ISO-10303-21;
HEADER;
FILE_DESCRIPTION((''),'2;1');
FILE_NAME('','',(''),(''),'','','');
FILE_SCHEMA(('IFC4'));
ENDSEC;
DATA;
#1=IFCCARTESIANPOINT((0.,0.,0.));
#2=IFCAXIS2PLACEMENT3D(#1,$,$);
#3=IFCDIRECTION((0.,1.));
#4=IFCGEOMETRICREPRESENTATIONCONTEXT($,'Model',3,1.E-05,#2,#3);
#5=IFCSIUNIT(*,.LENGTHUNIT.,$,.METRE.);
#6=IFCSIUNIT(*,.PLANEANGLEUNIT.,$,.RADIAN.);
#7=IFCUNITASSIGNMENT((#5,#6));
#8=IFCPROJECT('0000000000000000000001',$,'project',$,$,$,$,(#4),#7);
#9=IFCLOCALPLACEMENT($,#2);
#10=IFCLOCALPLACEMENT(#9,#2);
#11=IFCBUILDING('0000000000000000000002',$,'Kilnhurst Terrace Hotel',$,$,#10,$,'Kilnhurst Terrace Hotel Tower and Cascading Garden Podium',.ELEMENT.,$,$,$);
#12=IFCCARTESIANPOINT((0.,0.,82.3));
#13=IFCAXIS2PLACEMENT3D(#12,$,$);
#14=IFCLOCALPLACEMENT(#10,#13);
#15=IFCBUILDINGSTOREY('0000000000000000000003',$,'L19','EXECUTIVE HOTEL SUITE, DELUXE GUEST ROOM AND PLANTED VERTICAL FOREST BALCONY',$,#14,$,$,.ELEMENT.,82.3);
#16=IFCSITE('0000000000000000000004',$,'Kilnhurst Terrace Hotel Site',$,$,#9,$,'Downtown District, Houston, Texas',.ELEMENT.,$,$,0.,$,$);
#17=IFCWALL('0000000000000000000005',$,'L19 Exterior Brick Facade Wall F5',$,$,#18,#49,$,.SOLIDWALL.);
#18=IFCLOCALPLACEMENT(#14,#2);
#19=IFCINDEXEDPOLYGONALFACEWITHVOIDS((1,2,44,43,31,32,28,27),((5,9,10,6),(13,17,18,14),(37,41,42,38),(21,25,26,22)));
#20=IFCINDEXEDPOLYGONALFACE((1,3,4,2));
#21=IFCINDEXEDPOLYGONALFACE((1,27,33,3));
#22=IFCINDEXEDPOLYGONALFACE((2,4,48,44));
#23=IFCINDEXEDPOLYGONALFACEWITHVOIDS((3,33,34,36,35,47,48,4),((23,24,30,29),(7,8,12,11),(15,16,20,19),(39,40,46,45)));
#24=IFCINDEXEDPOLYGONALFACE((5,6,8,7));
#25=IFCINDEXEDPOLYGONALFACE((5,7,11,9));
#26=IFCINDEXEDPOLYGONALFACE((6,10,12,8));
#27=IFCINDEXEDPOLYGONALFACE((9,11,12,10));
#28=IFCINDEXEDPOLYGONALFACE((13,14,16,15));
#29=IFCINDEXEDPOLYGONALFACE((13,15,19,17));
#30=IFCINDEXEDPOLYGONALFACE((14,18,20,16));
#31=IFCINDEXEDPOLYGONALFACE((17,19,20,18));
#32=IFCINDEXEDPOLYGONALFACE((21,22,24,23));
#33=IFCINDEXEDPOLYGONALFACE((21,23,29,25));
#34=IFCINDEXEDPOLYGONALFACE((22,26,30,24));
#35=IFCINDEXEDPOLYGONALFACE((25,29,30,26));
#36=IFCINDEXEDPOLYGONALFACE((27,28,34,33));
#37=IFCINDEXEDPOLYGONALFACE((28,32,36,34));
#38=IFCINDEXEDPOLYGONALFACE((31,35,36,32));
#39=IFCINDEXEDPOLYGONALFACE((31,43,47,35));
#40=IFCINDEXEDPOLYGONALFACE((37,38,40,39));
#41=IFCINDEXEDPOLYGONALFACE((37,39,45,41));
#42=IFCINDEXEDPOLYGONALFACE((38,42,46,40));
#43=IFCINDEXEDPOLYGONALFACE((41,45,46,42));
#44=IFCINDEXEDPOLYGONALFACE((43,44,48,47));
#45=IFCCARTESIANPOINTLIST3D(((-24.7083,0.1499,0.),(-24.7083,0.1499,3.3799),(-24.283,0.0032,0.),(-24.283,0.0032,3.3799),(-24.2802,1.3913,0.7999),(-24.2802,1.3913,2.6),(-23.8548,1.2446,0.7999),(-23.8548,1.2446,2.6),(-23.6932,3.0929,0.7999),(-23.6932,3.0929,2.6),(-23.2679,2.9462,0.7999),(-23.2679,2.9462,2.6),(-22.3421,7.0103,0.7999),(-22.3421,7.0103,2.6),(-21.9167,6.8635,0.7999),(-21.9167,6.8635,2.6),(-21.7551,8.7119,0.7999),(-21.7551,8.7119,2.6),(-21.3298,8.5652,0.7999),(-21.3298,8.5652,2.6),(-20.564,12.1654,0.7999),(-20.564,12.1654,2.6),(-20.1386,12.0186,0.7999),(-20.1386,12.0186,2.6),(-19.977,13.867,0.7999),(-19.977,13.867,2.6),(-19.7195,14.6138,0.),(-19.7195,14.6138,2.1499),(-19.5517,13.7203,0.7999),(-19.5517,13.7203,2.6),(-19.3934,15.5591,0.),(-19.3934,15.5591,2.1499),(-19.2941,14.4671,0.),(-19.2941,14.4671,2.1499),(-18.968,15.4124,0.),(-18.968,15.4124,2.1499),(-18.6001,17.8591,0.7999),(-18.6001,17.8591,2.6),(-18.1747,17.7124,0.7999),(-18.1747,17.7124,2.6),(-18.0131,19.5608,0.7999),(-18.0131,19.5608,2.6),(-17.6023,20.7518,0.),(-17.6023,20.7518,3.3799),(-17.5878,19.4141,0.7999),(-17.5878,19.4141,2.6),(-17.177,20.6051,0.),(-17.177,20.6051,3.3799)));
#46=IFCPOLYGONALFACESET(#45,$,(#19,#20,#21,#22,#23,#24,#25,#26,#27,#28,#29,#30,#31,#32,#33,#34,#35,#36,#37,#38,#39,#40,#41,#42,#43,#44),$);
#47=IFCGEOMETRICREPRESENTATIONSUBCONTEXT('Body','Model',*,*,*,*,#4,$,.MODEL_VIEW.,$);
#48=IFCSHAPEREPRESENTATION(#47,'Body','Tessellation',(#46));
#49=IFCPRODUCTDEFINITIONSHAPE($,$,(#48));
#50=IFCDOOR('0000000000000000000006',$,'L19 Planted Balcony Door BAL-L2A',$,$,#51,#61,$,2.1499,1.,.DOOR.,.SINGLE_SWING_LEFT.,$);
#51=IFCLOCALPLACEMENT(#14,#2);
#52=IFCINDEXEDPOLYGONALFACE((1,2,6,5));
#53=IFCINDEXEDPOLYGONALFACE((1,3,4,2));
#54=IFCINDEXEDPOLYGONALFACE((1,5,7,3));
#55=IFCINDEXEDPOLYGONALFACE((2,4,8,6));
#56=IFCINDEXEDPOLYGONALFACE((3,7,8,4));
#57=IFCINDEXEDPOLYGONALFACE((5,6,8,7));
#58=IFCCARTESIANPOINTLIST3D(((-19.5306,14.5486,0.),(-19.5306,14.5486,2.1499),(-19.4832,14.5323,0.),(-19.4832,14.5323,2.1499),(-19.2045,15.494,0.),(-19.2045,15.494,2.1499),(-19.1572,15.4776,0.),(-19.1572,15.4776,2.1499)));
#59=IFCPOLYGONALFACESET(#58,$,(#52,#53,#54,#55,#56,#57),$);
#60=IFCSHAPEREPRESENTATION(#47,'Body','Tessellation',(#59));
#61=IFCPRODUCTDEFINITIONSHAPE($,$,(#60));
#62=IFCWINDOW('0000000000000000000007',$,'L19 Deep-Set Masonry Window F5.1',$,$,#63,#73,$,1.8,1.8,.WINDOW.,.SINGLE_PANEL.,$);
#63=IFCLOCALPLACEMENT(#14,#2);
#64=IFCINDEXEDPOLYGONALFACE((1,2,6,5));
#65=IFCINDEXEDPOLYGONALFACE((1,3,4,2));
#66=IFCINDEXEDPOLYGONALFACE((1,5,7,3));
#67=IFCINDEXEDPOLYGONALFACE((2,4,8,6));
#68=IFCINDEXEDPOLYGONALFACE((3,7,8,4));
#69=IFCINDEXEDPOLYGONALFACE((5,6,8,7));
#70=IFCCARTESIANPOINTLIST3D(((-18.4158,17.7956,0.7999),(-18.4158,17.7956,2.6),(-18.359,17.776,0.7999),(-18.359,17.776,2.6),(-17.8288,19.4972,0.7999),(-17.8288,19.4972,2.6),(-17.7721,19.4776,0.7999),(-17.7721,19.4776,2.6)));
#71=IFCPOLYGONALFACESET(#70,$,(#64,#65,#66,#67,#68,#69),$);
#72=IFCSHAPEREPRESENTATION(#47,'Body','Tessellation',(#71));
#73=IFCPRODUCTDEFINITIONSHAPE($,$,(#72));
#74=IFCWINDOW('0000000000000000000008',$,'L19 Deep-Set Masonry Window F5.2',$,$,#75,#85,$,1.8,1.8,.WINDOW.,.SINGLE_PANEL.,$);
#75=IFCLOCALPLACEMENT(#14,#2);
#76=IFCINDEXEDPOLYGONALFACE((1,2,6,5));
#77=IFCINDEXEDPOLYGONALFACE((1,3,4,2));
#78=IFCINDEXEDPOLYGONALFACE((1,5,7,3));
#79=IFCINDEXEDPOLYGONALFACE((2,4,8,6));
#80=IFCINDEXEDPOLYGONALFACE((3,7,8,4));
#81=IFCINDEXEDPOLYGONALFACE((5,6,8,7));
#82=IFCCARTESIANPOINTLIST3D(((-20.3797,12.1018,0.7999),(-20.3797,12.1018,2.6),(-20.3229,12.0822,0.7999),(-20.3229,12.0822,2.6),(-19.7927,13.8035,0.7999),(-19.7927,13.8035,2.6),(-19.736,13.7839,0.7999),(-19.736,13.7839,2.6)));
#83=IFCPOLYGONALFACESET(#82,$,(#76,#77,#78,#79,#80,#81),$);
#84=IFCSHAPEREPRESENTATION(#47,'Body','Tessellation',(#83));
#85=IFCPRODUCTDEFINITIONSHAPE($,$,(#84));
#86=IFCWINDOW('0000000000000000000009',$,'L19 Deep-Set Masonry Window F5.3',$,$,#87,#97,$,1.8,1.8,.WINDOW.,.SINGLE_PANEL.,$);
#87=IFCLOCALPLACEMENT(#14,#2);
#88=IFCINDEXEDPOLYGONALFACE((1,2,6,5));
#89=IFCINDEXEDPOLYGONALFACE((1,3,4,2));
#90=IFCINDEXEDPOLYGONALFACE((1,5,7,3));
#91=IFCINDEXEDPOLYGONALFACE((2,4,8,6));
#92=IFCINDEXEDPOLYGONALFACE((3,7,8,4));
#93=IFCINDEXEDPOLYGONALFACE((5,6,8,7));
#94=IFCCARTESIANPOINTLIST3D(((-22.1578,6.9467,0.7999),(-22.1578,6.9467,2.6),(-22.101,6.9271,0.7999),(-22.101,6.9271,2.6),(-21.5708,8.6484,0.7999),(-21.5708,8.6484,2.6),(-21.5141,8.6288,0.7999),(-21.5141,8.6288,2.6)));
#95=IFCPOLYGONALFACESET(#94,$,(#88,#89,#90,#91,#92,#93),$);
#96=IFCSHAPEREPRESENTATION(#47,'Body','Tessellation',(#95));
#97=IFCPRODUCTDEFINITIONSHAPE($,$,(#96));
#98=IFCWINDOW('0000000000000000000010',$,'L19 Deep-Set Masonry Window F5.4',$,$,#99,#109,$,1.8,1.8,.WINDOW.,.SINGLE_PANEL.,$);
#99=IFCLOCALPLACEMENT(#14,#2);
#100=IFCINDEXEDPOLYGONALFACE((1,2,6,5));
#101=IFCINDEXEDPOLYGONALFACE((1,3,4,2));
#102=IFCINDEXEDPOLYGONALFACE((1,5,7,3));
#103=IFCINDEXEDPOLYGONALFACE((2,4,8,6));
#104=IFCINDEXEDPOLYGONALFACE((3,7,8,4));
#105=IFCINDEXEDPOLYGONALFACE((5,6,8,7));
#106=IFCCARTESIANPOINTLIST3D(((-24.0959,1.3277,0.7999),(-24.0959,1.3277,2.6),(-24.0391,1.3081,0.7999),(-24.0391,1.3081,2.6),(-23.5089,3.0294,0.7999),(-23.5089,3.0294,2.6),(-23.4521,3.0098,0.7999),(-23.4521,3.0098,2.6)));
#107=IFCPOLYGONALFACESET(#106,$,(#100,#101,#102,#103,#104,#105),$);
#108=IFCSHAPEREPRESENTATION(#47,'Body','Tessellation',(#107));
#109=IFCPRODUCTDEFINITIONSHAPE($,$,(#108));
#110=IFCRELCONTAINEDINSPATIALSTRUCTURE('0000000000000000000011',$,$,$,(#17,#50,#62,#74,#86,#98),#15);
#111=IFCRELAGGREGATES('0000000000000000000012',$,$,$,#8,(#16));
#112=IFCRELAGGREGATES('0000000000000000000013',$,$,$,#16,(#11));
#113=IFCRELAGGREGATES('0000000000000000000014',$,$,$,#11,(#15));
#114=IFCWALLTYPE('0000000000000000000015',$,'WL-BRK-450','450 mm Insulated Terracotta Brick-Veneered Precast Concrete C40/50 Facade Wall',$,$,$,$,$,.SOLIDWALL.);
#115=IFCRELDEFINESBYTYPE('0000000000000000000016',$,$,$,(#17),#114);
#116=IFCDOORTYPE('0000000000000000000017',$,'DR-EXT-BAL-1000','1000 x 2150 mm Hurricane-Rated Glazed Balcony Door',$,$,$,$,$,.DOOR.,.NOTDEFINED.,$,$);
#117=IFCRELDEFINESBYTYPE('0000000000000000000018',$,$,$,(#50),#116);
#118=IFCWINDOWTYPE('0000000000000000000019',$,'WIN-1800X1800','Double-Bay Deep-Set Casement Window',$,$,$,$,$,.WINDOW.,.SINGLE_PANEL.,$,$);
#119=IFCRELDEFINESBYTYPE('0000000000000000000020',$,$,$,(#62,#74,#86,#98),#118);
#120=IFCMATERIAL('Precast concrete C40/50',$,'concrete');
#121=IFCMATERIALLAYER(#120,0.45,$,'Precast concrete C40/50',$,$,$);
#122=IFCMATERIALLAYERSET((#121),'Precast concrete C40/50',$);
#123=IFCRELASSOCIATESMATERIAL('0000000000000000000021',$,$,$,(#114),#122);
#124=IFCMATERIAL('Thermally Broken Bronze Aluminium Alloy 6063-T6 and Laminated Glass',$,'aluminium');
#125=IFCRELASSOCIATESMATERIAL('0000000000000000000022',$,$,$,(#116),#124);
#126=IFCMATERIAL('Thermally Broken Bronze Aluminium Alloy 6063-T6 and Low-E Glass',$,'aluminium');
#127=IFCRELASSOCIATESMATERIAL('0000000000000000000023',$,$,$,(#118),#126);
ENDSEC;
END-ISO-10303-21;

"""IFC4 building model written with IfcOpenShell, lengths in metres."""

from ifc_helpers import new_model, si_unit, direction, frame, frame_2d, origin, place, context, subcontext, project, spatial, rectangle, extrude, material, layer, layer_set, type_object, element, fill, save


model = new_model("IFC4")

# Units and contexts
model_context = context("Model", 3, precision=1e-05, world=origin(), true_north=direction((0.0, 1.0)))
body_context = subcontext(model_context, "Body", "Model", "MODEL_VIEW")
ifc_project = project(units=[si_unit("LENGTHUNIT", "METRE"), si_unit("PLANEANGLEUNIT", "RADIAN")], contexts=[model_context])

# Site, building, storey
site_placement = place(None, origin())
site = spatial("IfcSite", under=ifc_project, at=site_placement, Name="Kilnhurst Terrace Hotel Site", LongName="Downtown District, Houston, Texas", CompositionType="ELEMENT", RefElevation=0.0)
building_placement = place(site_placement, origin())
building = spatial("IfcBuilding", under=site, at=building_placement, Name="Kilnhurst Terrace Hotel", LongName="Kilnhurst Terrace Hotel Tower and Cascading Garden Podium", CompositionType="ELEMENT")
storey_placement = place(building_placement, frame((0.0, 0.0, 82.3)))
storey = spatial("IfcBuildingStorey", under=building, at=storey_placement, Name="L19", Description="EXECUTIVE HOTEL SUITE, DELUXE GUEST ROOM AND PLANTED VERTICAL FOREST BALCONY", CompositionType="ELEMENT", Elevation=82.3)

# Shared definitions
ifc_material_1 = material(Name="Precast concrete C40/50", Category="concrete")
ifc_layer_1 = layer(ifc_material_1, 0.45, Name="Precast concrete C40/50")
ifc_layer_set_1 = layer_set([ifc_layer_1], Name="Precast concrete C40/50")
wall_type_1 = type_object("IfcWallType", Name="WL-BRK-450", Description="450 mm Insulated Terracotta Brick-Veneered Precast Concrete C40/50 Facade Wall", PredefinedType="SOLIDWALL", material=ifc_layer_set_1)

# Wall, openings, door, windows
wall_1_placement = place(storey_placement, frame((-17.3896, 20.6785, 0.0), z_axis=(0.0, 0.0, 1.0), x_axis=(-0.326068, -0.945346, 0.0)))
wall_1 = element("IfcWall", 1, at=wall_1_placement, inside=storey, type_object=wall_type_1, Name="L19 Exterior Brick Facade Wall F5", PredefinedType="SOLIDWALL", context=body_context, shape_type="SweptSolid", body=[
    extrude(rectangle(XDim=21.793, YDim=0.45, at=frame_2d((10.8965, 0.0))), origin(), (0.0, 0.0, 1.0), 3.3799),
])
opening_1_placement = place(wall_1_placement, frame((5.4929, 0.0, 0.0)))
opening_1 = element("IfcOpeningElement", 2, at=opening_1_placement, cuts=wall_1, PredefinedType="OPENING", context=body_context, shape_type="SweptSolid", body=[
    extrude(rectangle(XDim=1.0, YDim=2.1499, at=frame_2d((0.5, 1.075))), frame((0.0, 0.2349, 0.0), z_axis=(0.0, -1.0, 0.0), x_axis=(1.0, 0.0, 0.0)), (0.0, 0.0, 1.0), 0.47),
])
opening_2_placement = place(wall_1_placement, frame((1.26, 0.0, 0.8)))
opening_2 = element("IfcOpeningElement", 3, at=opening_2_placement, cuts=wall_1, PredefinedType="OPENING", context=body_context, shape_type="SweptSolid", body=[
    extrude(rectangle(XDim=1.8, YDim=1.8, at=frame_2d((0.8999, 0.8999))), frame((0.0, 0.2349, 0.0), z_axis=(0.0, -1.0, 0.0), x_axis=(1.0, 0.0, 0.0)), (0.0, 0.0, 1.0), 0.47),
])
opening_3_placement = place(wall_1_placement, frame((7.283, 0.0, 0.8)))
opening_3 = element("IfcOpeningElement", 4, at=opening_3_placement, cuts=wall_1, PredefinedType="OPENING", context=body_context, shape_type="SweptSolid", body=[
    extrude(rectangle(XDim=1.8, YDim=1.8, at=frame_2d((0.8999, 0.8999))), frame((0.0, 0.2349, 0.0), z_axis=(0.0, -1.0, 0.0), x_axis=(1.0, 0.0, 0.0)), (0.0, 0.0, 1.0), 0.47),
])
opening_4_placement = place(wall_1_placement, frame((12.7361, 0.0, 0.8)))
opening_4 = element("IfcOpeningElement", 5, at=opening_4_placement, cuts=wall_1, PredefinedType="OPENING", context=body_context, shape_type="SweptSolid", body=[
    extrude(rectangle(XDim=1.8, YDim=1.8, at=frame_2d((0.8999, 0.8999))), frame((0.0, 0.2349, 0.0), z_axis=(0.0, -1.0, 0.0), x_axis=(1.0, 0.0, 0.0)), (0.0, 0.0, 1.0), 0.47),
])
opening_5_placement = place(wall_1_placement, frame((18.6799, 0.0, 0.8)))
opening_5 = element("IfcOpeningElement", 6, at=opening_5_placement, cuts=wall_1, PredefinedType="OPENING", context=body_context, shape_type="SweptSolid", body=[
    extrude(rectangle(XDim=1.8, YDim=1.8, at=frame_2d((0.8999, 0.8999))), frame((0.0, 0.2349, 0.0), z_axis=(0.0, -1.0, 0.0), x_axis=(1.0, 0.0, 0.0)), (0.0, 0.0, 1.0), 0.47),
])
ifc_material_2 = material(Name="Thermally Broken Bronze Aluminium Alloy 6063-T6 and Laminated Glass", Category="aluminium")
door_type_1 = type_object("IfcDoorType", Name="DR-EXT-BAL-1000", Description="1000 x 2150 mm Hurricane-Rated Glazed Balcony Door", OperationType="NOTDEFINED", PredefinedType="DOOR", material=ifc_material_2)
door_1_placement = place(opening_1_placement, origin())
door_1 = element("IfcDoor", 7, at=door_1_placement, inside=storey, type_object=door_type_1, Name="L19 Planted Balcony Door BAL-L2A", OperationType="SINGLE_SWING_LEFT", OverallHeight=2.1499, OverallWidth=1.0, PredefinedType="DOOR", context=body_context, shape_type="SweptSolid", body=[
    extrude(rectangle(XDim=1.0, YDim=2.1499, at=frame_2d((0.5, 1.075))), frame((0.0, 0.0249, 0.0), z_axis=(0.0, -1.0, 0.0), x_axis=(1.0, 0.0, 0.0)), (0.0, 0.0, 1.0), 0.05),
])
fill(opening_1, door_1)
ifc_material_3 = material(Name="Thermally Broken Bronze Aluminium Alloy 6063-T6 and Low-E Glass", Category="aluminium")
window_type = type_object("IfcWindowType", Name="WIN-1800X1800", Description="Double-Bay Deep-Set Casement Window", PartitioningType="SINGLE_PANEL", PredefinedType="WINDOW", material=ifc_material_3)
window_1_placement = place(opening_2_placement, origin())
window_1 = element("IfcWindow", 8, at=window_1_placement, inside=storey, type_object=window_type, Name="L19 Deep-Set Masonry Window F5.1", OverallHeight=1.8, OverallWidth=1.8, PartitioningType="SINGLE_PANEL", PredefinedType="WINDOW", context=body_context, shape_type="SweptSolid", body=[
    extrude(rectangle(XDim=1.8, YDim=1.8, at=frame_2d((0.8999, 0.8999))), frame((0.0, 0.03, 0.0), z_axis=(0.0, -1.0, 0.0), x_axis=(1.0, 0.0, 0.0)), (0.0, 0.0, 1.0), 0.0601),
])
fill(opening_2, window_1)
window_2_placement = place(opening_3_placement, origin())
window_2 = element("IfcWindow", 9, at=window_2_placement, inside=storey, type_object=window_type, Name="L19 Deep-Set Masonry Window F5.2", OverallHeight=1.8, OverallWidth=1.8, PartitioningType="SINGLE_PANEL", PredefinedType="WINDOW", context=body_context, shape_type="SweptSolid", body=[
    extrude(rectangle(XDim=1.8, YDim=1.8, at=frame_2d((0.8999, 0.8999))), frame((0.0, 0.03, 0.0), z_axis=(0.0, -1.0, 0.0), x_axis=(1.0, 0.0, 0.0)), (0.0, 0.0, 1.0), 0.0601),
])
fill(opening_3, window_2)
window_3_placement = place(opening_4_placement, origin())
window_3 = element("IfcWindow", 10, at=window_3_placement, inside=storey, type_object=window_type, Name="L19 Deep-Set Masonry Window F5.3", OverallHeight=1.8, OverallWidth=1.8, PartitioningType="SINGLE_PANEL", PredefinedType="WINDOW", context=body_context, shape_type="SweptSolid", body=[
    extrude(rectangle(XDim=1.8, YDim=1.8, at=frame_2d((0.8999, 0.8999))), frame((0.0, 0.03, 0.0), z_axis=(0.0, -1.0, 0.0), x_axis=(1.0, 0.0, 0.0)), (0.0, 0.0, 1.0), 0.0601),
])
fill(opening_4, window_3)
window_4_placement = place(opening_5_placement, origin())
window_4 = element("IfcWindow", 11, at=window_4_placement, inside=storey, type_object=window_type, Name="L19 Deep-Set Masonry Window F5.4", OverallHeight=1.8, OverallWidth=1.8, PartitioningType="SINGLE_PANEL", PredefinedType="WINDOW", context=body_context, shape_type="SweptSolid", body=[
    extrude(rectangle(XDim=1.8, YDim=1.8, at=frame_2d((0.8999, 0.8999))), frame((0.0, 0.03, 0.0), z_axis=(0.0, -1.0, 0.0), x_axis=(1.0, 0.0, 0.0)), (0.0, 0.0, 1.0), 0.0601),
])
fill(opening_5, window_4)

save(model, "model.ifc")
